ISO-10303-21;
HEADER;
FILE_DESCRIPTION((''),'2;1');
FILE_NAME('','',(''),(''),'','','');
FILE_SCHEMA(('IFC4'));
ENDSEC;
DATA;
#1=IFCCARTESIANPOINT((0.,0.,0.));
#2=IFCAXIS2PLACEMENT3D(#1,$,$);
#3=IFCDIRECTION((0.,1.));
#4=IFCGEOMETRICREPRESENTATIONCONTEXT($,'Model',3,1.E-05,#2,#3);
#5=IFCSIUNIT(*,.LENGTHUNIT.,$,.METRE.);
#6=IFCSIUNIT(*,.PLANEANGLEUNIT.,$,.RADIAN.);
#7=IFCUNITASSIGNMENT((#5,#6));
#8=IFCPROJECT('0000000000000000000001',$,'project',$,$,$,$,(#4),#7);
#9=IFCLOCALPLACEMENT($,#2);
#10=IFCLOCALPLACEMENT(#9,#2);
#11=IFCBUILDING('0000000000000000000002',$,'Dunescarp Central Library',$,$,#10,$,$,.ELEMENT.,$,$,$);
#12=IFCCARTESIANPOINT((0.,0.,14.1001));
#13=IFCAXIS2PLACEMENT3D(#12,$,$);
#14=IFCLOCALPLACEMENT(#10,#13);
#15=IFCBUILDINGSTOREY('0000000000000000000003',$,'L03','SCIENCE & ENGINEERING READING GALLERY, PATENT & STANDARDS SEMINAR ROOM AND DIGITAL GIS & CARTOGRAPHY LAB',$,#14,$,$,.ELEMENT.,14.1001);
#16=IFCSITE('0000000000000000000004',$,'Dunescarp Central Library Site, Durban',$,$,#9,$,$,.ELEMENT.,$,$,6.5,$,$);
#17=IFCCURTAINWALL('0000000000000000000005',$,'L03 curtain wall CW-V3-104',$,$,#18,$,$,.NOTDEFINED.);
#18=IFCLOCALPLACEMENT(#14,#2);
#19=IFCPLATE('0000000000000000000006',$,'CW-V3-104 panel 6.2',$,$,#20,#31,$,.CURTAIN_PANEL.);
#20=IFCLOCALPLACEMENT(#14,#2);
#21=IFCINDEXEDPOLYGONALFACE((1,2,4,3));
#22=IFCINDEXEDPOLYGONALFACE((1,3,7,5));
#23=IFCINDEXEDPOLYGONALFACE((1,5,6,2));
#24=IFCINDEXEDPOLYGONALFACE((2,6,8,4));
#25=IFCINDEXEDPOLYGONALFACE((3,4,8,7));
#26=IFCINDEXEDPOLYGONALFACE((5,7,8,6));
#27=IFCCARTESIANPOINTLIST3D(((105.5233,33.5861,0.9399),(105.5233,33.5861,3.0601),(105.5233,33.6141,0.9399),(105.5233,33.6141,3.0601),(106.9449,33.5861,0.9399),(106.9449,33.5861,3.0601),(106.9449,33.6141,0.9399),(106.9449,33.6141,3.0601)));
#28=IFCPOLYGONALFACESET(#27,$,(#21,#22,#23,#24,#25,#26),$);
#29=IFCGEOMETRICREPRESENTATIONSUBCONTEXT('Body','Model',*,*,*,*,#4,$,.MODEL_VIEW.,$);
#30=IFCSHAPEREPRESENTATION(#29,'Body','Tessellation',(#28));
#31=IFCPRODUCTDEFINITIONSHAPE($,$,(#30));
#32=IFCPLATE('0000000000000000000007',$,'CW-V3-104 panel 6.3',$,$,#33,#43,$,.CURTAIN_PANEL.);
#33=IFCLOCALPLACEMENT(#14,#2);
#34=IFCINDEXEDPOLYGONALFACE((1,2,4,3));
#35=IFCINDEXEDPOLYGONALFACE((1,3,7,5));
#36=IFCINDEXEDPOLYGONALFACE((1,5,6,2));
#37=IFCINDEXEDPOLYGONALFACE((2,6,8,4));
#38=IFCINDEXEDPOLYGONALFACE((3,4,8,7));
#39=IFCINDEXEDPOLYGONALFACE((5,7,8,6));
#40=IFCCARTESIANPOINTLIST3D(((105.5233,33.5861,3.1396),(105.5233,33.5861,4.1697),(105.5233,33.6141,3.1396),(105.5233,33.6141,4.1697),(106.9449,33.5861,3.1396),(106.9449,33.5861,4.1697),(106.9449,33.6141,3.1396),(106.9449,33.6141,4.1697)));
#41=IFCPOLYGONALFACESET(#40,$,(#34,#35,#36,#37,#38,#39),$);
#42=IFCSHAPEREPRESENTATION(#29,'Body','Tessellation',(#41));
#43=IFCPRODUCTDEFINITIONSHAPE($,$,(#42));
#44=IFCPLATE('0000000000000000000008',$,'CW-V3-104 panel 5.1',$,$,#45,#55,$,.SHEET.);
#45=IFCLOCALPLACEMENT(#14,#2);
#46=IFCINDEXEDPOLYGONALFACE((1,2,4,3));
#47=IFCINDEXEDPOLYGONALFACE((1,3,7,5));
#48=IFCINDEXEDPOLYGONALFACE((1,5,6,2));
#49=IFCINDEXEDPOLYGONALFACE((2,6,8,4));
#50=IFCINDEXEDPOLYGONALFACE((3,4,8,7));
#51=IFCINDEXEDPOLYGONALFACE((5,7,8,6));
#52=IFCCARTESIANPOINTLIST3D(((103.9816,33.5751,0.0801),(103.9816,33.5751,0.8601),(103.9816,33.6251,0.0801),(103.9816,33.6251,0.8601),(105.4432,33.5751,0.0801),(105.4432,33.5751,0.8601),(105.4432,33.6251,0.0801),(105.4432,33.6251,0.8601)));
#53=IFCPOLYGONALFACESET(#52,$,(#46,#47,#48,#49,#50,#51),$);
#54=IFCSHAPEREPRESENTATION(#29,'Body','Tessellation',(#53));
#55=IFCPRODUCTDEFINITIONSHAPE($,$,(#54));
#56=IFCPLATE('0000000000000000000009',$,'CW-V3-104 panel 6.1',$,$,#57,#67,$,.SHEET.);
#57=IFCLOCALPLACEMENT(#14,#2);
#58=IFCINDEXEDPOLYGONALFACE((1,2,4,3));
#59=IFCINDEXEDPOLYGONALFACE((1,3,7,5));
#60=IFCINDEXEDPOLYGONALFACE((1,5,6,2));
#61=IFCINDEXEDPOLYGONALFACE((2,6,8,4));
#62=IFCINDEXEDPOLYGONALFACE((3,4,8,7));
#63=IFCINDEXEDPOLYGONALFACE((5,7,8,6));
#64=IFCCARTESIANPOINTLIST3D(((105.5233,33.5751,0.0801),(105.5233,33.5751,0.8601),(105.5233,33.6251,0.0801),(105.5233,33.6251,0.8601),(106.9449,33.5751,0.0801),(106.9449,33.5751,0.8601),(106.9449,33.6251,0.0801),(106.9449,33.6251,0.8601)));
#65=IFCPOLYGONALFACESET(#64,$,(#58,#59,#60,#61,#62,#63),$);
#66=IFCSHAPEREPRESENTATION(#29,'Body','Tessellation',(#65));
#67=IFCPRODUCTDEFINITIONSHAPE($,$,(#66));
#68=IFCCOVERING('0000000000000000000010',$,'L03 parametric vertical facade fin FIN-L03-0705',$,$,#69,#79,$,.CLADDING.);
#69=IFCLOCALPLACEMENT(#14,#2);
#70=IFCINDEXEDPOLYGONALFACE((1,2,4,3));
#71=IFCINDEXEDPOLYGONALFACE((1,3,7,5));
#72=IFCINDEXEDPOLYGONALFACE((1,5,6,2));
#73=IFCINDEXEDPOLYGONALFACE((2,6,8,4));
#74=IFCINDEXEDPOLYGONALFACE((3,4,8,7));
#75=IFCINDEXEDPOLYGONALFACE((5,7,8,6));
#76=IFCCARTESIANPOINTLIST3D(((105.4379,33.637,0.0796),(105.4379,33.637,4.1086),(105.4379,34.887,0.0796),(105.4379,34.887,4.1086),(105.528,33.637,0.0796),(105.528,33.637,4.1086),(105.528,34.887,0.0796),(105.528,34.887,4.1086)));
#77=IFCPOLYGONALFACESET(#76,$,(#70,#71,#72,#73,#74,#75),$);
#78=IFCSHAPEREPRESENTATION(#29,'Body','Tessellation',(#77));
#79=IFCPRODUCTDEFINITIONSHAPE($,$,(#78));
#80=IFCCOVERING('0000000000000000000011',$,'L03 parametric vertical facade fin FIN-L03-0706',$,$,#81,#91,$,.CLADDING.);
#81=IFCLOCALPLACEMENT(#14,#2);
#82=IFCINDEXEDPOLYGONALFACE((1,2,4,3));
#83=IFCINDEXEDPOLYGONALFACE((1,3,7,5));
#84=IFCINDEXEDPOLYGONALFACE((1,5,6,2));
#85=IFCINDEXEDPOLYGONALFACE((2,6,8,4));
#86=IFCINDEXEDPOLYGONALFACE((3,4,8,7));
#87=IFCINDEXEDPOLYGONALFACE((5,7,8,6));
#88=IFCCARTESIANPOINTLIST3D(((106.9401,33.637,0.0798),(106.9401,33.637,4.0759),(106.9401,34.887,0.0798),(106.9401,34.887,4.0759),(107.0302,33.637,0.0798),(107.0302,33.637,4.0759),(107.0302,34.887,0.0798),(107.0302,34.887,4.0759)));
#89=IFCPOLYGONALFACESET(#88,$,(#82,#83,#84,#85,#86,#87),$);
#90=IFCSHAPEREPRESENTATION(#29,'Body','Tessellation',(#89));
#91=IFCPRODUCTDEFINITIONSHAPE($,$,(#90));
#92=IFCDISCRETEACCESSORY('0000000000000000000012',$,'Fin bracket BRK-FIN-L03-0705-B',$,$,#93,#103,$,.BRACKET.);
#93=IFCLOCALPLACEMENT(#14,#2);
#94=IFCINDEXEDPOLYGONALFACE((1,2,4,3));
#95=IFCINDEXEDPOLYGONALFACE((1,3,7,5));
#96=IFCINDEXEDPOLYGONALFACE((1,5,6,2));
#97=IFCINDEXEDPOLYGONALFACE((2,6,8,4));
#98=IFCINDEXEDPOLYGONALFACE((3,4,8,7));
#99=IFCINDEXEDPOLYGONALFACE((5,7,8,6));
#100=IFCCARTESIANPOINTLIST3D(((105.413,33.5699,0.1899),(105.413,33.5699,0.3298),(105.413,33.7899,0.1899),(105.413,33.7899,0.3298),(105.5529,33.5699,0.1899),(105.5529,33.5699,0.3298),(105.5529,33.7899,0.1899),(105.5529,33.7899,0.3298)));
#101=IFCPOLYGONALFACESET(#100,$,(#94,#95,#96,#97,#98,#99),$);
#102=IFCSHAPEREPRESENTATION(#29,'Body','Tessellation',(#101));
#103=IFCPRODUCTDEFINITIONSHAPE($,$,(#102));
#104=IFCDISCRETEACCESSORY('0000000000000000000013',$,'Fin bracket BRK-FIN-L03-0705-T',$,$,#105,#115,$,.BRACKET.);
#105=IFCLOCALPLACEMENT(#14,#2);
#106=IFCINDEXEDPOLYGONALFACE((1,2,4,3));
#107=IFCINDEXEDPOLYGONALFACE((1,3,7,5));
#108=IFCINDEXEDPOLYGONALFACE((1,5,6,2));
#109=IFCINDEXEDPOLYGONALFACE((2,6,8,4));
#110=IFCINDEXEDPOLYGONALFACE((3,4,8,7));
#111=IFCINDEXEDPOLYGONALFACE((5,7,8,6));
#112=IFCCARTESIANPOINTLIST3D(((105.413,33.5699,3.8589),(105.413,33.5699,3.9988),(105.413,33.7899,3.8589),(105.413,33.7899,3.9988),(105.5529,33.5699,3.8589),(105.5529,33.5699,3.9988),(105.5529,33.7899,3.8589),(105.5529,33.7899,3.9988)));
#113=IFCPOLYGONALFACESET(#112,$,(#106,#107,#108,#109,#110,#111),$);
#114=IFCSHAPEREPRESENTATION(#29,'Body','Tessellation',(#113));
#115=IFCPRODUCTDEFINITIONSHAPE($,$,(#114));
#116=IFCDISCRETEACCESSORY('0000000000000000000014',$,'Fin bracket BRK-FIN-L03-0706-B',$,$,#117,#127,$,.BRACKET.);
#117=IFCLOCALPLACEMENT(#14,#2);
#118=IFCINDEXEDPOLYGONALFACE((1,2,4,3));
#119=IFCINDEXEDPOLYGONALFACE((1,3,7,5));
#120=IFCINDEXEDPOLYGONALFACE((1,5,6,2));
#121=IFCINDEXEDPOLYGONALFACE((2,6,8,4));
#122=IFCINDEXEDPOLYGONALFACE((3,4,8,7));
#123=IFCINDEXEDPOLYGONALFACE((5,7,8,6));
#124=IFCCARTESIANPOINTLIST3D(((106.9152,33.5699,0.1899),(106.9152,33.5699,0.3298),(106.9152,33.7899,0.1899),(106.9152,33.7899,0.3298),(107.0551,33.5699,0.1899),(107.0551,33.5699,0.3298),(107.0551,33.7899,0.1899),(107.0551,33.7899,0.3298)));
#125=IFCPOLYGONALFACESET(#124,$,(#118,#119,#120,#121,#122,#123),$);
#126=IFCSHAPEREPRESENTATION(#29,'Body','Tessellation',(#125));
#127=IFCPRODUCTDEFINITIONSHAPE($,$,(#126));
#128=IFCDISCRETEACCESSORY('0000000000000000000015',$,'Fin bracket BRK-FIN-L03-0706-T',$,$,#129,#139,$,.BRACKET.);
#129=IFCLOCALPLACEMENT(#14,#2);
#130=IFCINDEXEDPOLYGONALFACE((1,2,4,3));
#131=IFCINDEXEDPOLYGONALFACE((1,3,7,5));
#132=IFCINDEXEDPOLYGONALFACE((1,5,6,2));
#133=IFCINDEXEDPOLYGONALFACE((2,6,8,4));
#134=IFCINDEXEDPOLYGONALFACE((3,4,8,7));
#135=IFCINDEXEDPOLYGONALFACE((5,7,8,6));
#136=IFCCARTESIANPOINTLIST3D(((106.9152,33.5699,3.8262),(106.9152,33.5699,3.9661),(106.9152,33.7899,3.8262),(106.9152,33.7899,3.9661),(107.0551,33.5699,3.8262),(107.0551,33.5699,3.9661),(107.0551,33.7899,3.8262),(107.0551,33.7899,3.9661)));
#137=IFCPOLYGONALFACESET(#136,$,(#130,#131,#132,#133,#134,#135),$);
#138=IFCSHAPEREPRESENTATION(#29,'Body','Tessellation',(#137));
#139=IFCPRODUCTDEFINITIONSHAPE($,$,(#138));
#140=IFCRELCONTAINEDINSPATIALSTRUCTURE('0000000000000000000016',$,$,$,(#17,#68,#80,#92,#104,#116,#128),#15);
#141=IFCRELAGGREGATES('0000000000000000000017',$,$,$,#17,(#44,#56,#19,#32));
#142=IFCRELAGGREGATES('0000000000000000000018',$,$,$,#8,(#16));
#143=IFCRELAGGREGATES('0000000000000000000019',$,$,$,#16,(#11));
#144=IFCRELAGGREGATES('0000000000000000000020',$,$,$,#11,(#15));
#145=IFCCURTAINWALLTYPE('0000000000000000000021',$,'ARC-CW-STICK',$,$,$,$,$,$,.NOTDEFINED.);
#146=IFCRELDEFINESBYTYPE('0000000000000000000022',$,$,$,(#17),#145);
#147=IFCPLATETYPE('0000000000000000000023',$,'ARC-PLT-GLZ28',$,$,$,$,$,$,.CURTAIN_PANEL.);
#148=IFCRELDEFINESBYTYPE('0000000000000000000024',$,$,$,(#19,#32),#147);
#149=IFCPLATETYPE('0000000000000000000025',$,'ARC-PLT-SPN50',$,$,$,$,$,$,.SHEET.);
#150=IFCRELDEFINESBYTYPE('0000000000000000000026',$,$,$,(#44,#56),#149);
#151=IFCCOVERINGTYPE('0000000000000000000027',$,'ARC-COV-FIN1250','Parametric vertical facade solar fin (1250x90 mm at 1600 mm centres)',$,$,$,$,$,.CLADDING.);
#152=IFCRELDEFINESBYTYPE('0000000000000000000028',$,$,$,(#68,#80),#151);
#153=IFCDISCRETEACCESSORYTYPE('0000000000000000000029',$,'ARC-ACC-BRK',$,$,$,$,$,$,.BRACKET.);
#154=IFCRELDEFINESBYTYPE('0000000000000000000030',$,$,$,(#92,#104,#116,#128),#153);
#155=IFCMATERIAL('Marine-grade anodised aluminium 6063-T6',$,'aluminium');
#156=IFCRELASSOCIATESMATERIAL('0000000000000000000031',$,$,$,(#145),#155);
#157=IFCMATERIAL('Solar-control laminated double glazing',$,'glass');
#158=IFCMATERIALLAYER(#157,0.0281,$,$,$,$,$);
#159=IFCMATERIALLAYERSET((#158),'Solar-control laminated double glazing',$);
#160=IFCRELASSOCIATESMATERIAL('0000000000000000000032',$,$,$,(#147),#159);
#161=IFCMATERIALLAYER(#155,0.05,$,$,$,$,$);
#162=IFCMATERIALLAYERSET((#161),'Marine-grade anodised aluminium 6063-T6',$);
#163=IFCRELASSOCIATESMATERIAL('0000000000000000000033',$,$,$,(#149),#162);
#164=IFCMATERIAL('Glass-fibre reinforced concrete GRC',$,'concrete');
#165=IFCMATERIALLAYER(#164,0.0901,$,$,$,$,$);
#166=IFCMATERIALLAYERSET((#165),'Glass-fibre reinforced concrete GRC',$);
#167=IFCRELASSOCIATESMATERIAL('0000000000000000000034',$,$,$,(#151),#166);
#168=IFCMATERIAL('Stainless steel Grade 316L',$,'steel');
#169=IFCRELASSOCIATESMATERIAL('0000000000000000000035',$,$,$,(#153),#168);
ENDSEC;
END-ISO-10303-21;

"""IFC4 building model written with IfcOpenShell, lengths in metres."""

from ifc_helpers import new_model, si_unit, direction, frame, origin, origin_2d, place, context, subcontext, project, spatial, rectangle, extrude, material, layer, layer_set, type_object, element, aggregate, save


model = new_model("IFC4")

# Units and contexts
model_context = context("Model", 3, precision=1e-05, world=origin(), true_north=direction((0.0, 1.0)))
body_context = subcontext(model_context, "Body", "Model", "MODEL_VIEW")
ifc_project = project(units=[si_unit("LENGTHUNIT", "METRE"), si_unit("PLANEANGLEUNIT", "RADIAN")], contexts=[model_context])

# Site, building, storey
site_placement = place(None, origin())
site = spatial("IfcSite", under=ifc_project, at=site_placement, Name="Dunescarp Central Library Site, Durban", CompositionType="ELEMENT", RefElevation=6.5)
building_placement = place(site_placement, origin())
building = spatial("IfcBuilding", under=site, at=building_placement, Name="Dunescarp Central Library", CompositionType="ELEMENT")
storey_placement = place(building_placement, frame((0.0, 0.0, 14.1001)))
storey = spatial("IfcBuildingStorey", under=building, at=storey_placement, Name="L03", Description="SCIENCE & ENGINEERING READING GALLERY, PATENT & STANDARDS SEMINAR ROOM AND DIGITAL GIS & CARTOGRAPHY LAB", CompositionType="ELEMENT", Elevation=14.1001)

# Curtain wall
ifc_material_1 = material(Name="Marine-grade anodised aluminium 6063-T6", Category="aluminium")
curtain_wall_type = type_object("IfcCurtainWallType", Name="ARC-CW-STICK", PredefinedType="NOTDEFINED", material=ifc_material_1)
curtain_wall_placement = place(storey_placement, origin())
curtain_wall = element("IfcCurtainWall", 1, at=curtain_wall_placement, inside=storey, type_object=curtain_wall_type, Name="L03 curtain wall CW-V3-104", PredefinedType="NOTDEFINED")

# Plates
ifc_material_2 = material(Name="Solar-control laminated double glazing", Category="glass")
ifc_layer_1 = layer(ifc_material_2, 0.0281)
ifc_layer_set_1 = layer_set([ifc_layer_1], Name="Solar-control laminated double glazing")
plate_type_1 = type_object("IfcPlateType", Name="ARC-PLT-GLZ28", PredefinedType="CURTAIN_PANEL", material=ifc_layer_set_1)
plate_1_placement = place(storey_placement, frame((106.2341, 33.6001, 0.9399), z_axis=(0.0, 0.0, 1.0), x_axis=(1.0, 0.0, 0.0)))
plate_1 = element("IfcPlate", 2, at=plate_1_placement, type_object=plate_type_1, Name="CW-V3-104 panel 6.2", PredefinedType="CURTAIN_PANEL", context=body_context, shape_type="SweptSolid", body=[
    extrude(rectangle(XDim=1.4216, YDim=0.0281, at=origin_2d()), origin(), (0.0, 0.0, 1.0), 2.1201),
])
plate_2_placement = place(storey_placement, frame((106.2341, 33.6001, 3.1396), z_axis=(0.0, 0.0, 1.0), x_axis=(1.0, 0.0, 0.0)))
plate_2 = element("IfcPlate", 3, at=plate_2_placement, type_object=plate_type_1, Name="CW-V3-104 panel 6.3", PredefinedType="CURTAIN_PANEL", context=body_context, shape_type="SweptSolid", body=[
    extrude(rectangle(XDim=1.4216, YDim=0.0281, at=origin_2d()), origin(), (0.0, 0.0, 1.0), 1.03),
])
ifc_layer_2 = layer(ifc_material_1, 0.05)
ifc_layer_set_2 = layer_set([ifc_layer_2], Name="Marine-grade anodised aluminium 6063-T6")
plate_type_2 = type_object("IfcPlateType", Name="ARC-PLT-SPN50", PredefinedType="SHEET", material=ifc_layer_set_2)
plate_3_placement = place(storey_placement, frame((104.7124, 33.6001, 0.0801), z_axis=(0.0, 0.0, 1.0), x_axis=(1.0, 0.0, 0.0)))
plate_3 = element("IfcPlate", 4, at=plate_3_placement, type_object=plate_type_2, Name="CW-V3-104 panel 5.1", PredefinedType="SHEET", context=body_context, shape_type="SweptSolid", body=[
    extrude(rectangle(XDim=1.4617, YDim=0.05, at=origin_2d()), origin(), (0.0, 0.0, 1.0), 0.78),
])
plate_4_placement = place(storey_placement, frame((106.2341, 33.6001, 0.0801), z_axis=(0.0, 0.0, 1.0), x_axis=(1.0, 0.0, 0.0)))
plate_4 = element("IfcPlate", 5, at=plate_4_placement, type_object=plate_type_2, Name="CW-V3-104 panel 6.1", PredefinedType="SHEET", context=body_context, shape_type="SweptSolid", body=[
    extrude(rectangle(XDim=1.4216, YDim=0.05, at=origin_2d()), origin(), (0.0, 0.0, 1.0), 0.78),
])
aggregate(curtain_wall, [plate_3, plate_4, plate_1, plate_2])

# Coverings
ifc_material_3 = material(Name="Glass-fibre reinforced concrete GRC", Category="concrete")
ifc_layer_3 = layer(ifc_material_3, 0.0901)
ifc_layer_set_3 = layer_set([ifc_layer_3], Name="Glass-fibre reinforced concrete GRC")
covering_type = type_object("IfcCoveringType", Name="ARC-COV-FIN1250", Description="Parametric vertical facade solar fin (1250x90 mm at 1600 mm centres)", PredefinedType="CLADDING", material=ifc_layer_set_3)
covering_1_placement = place(storey_placement, frame((105.4829, 34.262, 0.0796), z_axis=(0.0, 0.0, 1.0), x_axis=(0.0, 1.0, 0.0)))
element("IfcCovering", 6, at=covering_1_placement, inside=storey, type_object=covering_type, Name="L03 parametric vertical facade fin FIN-L03-0705", PredefinedType="CLADDING", context=body_context, shape_type="SweptSolid", body=[
    extrude(rectangle(XDim=1.25, YDim=0.0901, at=origin_2d()), origin(), (0.0, 0.0, 1.0), 4.0291),
])
covering_2_placement = place(storey_placement, frame((106.9851, 34.262, 0.0798), z_axis=(0.0, 0.0, 1.0), x_axis=(0.0, 1.0, 0.0)))
element("IfcCovering", 7, at=covering_2_placement, inside=storey, type_object=covering_type, Name="L03 parametric vertical facade fin FIN-L03-0706", PredefinedType="CLADDING", context=body_context, shape_type="SweptSolid", body=[
    extrude(rectangle(XDim=1.25, YDim=0.0901, at=origin_2d()), origin(), (0.0, 0.0, 1.0), 3.9961),
])

# Discrete accessories
ifc_material_4 = material(Name="Stainless steel Grade 316L", Category="steel")
discrete_accessory_type = type_object("IfcDiscreteAccessoryType", Name="ARC-ACC-BRK", PredefinedType="BRACKET", material=ifc_material_4)
for number, where, z_axis, x_axis, name in (
    (8, (105.4829, 33.6799, 0.1899), (0.0, 0.0, 1.0), (0.0, 1.0, 0.0), "Fin bracket BRK-FIN-L03-0705-B"),
    (9, (105.4829, 33.6799, 3.8589), (0.0, 0.0, 1.0), (0.0, 1.0, 0.0), "Fin bracket BRK-FIN-L03-0705-T"),
    (10, (106.9851, 33.6799, 0.1899), (0.0, 0.0, 1.0), (0.0, 1.0, 0.0), "Fin bracket BRK-FIN-L03-0706-B"),
    (11, (106.9851, 33.6799, 3.8262), (0.0, 0.0, 1.0), (0.0, 1.0, 0.0), "Fin bracket BRK-FIN-L03-0706-T"),
):
    element("IfcDiscreteAccessory", number, at=place(storey_placement, frame(where, z_axis=z_axis, x_axis=x_axis)), inside=storey, type_object=discrete_accessory_type, Name=name, PredefinedType="BRACKET", context=body_context, shape_type="SweptSolid", body=[
        extrude(rectangle(XDim=0.22, YDim=0.1399, at=origin_2d()), origin(), (0.0, 0.0, 1.0), 0.1399),
    ])

save(model, "model.ifc")
